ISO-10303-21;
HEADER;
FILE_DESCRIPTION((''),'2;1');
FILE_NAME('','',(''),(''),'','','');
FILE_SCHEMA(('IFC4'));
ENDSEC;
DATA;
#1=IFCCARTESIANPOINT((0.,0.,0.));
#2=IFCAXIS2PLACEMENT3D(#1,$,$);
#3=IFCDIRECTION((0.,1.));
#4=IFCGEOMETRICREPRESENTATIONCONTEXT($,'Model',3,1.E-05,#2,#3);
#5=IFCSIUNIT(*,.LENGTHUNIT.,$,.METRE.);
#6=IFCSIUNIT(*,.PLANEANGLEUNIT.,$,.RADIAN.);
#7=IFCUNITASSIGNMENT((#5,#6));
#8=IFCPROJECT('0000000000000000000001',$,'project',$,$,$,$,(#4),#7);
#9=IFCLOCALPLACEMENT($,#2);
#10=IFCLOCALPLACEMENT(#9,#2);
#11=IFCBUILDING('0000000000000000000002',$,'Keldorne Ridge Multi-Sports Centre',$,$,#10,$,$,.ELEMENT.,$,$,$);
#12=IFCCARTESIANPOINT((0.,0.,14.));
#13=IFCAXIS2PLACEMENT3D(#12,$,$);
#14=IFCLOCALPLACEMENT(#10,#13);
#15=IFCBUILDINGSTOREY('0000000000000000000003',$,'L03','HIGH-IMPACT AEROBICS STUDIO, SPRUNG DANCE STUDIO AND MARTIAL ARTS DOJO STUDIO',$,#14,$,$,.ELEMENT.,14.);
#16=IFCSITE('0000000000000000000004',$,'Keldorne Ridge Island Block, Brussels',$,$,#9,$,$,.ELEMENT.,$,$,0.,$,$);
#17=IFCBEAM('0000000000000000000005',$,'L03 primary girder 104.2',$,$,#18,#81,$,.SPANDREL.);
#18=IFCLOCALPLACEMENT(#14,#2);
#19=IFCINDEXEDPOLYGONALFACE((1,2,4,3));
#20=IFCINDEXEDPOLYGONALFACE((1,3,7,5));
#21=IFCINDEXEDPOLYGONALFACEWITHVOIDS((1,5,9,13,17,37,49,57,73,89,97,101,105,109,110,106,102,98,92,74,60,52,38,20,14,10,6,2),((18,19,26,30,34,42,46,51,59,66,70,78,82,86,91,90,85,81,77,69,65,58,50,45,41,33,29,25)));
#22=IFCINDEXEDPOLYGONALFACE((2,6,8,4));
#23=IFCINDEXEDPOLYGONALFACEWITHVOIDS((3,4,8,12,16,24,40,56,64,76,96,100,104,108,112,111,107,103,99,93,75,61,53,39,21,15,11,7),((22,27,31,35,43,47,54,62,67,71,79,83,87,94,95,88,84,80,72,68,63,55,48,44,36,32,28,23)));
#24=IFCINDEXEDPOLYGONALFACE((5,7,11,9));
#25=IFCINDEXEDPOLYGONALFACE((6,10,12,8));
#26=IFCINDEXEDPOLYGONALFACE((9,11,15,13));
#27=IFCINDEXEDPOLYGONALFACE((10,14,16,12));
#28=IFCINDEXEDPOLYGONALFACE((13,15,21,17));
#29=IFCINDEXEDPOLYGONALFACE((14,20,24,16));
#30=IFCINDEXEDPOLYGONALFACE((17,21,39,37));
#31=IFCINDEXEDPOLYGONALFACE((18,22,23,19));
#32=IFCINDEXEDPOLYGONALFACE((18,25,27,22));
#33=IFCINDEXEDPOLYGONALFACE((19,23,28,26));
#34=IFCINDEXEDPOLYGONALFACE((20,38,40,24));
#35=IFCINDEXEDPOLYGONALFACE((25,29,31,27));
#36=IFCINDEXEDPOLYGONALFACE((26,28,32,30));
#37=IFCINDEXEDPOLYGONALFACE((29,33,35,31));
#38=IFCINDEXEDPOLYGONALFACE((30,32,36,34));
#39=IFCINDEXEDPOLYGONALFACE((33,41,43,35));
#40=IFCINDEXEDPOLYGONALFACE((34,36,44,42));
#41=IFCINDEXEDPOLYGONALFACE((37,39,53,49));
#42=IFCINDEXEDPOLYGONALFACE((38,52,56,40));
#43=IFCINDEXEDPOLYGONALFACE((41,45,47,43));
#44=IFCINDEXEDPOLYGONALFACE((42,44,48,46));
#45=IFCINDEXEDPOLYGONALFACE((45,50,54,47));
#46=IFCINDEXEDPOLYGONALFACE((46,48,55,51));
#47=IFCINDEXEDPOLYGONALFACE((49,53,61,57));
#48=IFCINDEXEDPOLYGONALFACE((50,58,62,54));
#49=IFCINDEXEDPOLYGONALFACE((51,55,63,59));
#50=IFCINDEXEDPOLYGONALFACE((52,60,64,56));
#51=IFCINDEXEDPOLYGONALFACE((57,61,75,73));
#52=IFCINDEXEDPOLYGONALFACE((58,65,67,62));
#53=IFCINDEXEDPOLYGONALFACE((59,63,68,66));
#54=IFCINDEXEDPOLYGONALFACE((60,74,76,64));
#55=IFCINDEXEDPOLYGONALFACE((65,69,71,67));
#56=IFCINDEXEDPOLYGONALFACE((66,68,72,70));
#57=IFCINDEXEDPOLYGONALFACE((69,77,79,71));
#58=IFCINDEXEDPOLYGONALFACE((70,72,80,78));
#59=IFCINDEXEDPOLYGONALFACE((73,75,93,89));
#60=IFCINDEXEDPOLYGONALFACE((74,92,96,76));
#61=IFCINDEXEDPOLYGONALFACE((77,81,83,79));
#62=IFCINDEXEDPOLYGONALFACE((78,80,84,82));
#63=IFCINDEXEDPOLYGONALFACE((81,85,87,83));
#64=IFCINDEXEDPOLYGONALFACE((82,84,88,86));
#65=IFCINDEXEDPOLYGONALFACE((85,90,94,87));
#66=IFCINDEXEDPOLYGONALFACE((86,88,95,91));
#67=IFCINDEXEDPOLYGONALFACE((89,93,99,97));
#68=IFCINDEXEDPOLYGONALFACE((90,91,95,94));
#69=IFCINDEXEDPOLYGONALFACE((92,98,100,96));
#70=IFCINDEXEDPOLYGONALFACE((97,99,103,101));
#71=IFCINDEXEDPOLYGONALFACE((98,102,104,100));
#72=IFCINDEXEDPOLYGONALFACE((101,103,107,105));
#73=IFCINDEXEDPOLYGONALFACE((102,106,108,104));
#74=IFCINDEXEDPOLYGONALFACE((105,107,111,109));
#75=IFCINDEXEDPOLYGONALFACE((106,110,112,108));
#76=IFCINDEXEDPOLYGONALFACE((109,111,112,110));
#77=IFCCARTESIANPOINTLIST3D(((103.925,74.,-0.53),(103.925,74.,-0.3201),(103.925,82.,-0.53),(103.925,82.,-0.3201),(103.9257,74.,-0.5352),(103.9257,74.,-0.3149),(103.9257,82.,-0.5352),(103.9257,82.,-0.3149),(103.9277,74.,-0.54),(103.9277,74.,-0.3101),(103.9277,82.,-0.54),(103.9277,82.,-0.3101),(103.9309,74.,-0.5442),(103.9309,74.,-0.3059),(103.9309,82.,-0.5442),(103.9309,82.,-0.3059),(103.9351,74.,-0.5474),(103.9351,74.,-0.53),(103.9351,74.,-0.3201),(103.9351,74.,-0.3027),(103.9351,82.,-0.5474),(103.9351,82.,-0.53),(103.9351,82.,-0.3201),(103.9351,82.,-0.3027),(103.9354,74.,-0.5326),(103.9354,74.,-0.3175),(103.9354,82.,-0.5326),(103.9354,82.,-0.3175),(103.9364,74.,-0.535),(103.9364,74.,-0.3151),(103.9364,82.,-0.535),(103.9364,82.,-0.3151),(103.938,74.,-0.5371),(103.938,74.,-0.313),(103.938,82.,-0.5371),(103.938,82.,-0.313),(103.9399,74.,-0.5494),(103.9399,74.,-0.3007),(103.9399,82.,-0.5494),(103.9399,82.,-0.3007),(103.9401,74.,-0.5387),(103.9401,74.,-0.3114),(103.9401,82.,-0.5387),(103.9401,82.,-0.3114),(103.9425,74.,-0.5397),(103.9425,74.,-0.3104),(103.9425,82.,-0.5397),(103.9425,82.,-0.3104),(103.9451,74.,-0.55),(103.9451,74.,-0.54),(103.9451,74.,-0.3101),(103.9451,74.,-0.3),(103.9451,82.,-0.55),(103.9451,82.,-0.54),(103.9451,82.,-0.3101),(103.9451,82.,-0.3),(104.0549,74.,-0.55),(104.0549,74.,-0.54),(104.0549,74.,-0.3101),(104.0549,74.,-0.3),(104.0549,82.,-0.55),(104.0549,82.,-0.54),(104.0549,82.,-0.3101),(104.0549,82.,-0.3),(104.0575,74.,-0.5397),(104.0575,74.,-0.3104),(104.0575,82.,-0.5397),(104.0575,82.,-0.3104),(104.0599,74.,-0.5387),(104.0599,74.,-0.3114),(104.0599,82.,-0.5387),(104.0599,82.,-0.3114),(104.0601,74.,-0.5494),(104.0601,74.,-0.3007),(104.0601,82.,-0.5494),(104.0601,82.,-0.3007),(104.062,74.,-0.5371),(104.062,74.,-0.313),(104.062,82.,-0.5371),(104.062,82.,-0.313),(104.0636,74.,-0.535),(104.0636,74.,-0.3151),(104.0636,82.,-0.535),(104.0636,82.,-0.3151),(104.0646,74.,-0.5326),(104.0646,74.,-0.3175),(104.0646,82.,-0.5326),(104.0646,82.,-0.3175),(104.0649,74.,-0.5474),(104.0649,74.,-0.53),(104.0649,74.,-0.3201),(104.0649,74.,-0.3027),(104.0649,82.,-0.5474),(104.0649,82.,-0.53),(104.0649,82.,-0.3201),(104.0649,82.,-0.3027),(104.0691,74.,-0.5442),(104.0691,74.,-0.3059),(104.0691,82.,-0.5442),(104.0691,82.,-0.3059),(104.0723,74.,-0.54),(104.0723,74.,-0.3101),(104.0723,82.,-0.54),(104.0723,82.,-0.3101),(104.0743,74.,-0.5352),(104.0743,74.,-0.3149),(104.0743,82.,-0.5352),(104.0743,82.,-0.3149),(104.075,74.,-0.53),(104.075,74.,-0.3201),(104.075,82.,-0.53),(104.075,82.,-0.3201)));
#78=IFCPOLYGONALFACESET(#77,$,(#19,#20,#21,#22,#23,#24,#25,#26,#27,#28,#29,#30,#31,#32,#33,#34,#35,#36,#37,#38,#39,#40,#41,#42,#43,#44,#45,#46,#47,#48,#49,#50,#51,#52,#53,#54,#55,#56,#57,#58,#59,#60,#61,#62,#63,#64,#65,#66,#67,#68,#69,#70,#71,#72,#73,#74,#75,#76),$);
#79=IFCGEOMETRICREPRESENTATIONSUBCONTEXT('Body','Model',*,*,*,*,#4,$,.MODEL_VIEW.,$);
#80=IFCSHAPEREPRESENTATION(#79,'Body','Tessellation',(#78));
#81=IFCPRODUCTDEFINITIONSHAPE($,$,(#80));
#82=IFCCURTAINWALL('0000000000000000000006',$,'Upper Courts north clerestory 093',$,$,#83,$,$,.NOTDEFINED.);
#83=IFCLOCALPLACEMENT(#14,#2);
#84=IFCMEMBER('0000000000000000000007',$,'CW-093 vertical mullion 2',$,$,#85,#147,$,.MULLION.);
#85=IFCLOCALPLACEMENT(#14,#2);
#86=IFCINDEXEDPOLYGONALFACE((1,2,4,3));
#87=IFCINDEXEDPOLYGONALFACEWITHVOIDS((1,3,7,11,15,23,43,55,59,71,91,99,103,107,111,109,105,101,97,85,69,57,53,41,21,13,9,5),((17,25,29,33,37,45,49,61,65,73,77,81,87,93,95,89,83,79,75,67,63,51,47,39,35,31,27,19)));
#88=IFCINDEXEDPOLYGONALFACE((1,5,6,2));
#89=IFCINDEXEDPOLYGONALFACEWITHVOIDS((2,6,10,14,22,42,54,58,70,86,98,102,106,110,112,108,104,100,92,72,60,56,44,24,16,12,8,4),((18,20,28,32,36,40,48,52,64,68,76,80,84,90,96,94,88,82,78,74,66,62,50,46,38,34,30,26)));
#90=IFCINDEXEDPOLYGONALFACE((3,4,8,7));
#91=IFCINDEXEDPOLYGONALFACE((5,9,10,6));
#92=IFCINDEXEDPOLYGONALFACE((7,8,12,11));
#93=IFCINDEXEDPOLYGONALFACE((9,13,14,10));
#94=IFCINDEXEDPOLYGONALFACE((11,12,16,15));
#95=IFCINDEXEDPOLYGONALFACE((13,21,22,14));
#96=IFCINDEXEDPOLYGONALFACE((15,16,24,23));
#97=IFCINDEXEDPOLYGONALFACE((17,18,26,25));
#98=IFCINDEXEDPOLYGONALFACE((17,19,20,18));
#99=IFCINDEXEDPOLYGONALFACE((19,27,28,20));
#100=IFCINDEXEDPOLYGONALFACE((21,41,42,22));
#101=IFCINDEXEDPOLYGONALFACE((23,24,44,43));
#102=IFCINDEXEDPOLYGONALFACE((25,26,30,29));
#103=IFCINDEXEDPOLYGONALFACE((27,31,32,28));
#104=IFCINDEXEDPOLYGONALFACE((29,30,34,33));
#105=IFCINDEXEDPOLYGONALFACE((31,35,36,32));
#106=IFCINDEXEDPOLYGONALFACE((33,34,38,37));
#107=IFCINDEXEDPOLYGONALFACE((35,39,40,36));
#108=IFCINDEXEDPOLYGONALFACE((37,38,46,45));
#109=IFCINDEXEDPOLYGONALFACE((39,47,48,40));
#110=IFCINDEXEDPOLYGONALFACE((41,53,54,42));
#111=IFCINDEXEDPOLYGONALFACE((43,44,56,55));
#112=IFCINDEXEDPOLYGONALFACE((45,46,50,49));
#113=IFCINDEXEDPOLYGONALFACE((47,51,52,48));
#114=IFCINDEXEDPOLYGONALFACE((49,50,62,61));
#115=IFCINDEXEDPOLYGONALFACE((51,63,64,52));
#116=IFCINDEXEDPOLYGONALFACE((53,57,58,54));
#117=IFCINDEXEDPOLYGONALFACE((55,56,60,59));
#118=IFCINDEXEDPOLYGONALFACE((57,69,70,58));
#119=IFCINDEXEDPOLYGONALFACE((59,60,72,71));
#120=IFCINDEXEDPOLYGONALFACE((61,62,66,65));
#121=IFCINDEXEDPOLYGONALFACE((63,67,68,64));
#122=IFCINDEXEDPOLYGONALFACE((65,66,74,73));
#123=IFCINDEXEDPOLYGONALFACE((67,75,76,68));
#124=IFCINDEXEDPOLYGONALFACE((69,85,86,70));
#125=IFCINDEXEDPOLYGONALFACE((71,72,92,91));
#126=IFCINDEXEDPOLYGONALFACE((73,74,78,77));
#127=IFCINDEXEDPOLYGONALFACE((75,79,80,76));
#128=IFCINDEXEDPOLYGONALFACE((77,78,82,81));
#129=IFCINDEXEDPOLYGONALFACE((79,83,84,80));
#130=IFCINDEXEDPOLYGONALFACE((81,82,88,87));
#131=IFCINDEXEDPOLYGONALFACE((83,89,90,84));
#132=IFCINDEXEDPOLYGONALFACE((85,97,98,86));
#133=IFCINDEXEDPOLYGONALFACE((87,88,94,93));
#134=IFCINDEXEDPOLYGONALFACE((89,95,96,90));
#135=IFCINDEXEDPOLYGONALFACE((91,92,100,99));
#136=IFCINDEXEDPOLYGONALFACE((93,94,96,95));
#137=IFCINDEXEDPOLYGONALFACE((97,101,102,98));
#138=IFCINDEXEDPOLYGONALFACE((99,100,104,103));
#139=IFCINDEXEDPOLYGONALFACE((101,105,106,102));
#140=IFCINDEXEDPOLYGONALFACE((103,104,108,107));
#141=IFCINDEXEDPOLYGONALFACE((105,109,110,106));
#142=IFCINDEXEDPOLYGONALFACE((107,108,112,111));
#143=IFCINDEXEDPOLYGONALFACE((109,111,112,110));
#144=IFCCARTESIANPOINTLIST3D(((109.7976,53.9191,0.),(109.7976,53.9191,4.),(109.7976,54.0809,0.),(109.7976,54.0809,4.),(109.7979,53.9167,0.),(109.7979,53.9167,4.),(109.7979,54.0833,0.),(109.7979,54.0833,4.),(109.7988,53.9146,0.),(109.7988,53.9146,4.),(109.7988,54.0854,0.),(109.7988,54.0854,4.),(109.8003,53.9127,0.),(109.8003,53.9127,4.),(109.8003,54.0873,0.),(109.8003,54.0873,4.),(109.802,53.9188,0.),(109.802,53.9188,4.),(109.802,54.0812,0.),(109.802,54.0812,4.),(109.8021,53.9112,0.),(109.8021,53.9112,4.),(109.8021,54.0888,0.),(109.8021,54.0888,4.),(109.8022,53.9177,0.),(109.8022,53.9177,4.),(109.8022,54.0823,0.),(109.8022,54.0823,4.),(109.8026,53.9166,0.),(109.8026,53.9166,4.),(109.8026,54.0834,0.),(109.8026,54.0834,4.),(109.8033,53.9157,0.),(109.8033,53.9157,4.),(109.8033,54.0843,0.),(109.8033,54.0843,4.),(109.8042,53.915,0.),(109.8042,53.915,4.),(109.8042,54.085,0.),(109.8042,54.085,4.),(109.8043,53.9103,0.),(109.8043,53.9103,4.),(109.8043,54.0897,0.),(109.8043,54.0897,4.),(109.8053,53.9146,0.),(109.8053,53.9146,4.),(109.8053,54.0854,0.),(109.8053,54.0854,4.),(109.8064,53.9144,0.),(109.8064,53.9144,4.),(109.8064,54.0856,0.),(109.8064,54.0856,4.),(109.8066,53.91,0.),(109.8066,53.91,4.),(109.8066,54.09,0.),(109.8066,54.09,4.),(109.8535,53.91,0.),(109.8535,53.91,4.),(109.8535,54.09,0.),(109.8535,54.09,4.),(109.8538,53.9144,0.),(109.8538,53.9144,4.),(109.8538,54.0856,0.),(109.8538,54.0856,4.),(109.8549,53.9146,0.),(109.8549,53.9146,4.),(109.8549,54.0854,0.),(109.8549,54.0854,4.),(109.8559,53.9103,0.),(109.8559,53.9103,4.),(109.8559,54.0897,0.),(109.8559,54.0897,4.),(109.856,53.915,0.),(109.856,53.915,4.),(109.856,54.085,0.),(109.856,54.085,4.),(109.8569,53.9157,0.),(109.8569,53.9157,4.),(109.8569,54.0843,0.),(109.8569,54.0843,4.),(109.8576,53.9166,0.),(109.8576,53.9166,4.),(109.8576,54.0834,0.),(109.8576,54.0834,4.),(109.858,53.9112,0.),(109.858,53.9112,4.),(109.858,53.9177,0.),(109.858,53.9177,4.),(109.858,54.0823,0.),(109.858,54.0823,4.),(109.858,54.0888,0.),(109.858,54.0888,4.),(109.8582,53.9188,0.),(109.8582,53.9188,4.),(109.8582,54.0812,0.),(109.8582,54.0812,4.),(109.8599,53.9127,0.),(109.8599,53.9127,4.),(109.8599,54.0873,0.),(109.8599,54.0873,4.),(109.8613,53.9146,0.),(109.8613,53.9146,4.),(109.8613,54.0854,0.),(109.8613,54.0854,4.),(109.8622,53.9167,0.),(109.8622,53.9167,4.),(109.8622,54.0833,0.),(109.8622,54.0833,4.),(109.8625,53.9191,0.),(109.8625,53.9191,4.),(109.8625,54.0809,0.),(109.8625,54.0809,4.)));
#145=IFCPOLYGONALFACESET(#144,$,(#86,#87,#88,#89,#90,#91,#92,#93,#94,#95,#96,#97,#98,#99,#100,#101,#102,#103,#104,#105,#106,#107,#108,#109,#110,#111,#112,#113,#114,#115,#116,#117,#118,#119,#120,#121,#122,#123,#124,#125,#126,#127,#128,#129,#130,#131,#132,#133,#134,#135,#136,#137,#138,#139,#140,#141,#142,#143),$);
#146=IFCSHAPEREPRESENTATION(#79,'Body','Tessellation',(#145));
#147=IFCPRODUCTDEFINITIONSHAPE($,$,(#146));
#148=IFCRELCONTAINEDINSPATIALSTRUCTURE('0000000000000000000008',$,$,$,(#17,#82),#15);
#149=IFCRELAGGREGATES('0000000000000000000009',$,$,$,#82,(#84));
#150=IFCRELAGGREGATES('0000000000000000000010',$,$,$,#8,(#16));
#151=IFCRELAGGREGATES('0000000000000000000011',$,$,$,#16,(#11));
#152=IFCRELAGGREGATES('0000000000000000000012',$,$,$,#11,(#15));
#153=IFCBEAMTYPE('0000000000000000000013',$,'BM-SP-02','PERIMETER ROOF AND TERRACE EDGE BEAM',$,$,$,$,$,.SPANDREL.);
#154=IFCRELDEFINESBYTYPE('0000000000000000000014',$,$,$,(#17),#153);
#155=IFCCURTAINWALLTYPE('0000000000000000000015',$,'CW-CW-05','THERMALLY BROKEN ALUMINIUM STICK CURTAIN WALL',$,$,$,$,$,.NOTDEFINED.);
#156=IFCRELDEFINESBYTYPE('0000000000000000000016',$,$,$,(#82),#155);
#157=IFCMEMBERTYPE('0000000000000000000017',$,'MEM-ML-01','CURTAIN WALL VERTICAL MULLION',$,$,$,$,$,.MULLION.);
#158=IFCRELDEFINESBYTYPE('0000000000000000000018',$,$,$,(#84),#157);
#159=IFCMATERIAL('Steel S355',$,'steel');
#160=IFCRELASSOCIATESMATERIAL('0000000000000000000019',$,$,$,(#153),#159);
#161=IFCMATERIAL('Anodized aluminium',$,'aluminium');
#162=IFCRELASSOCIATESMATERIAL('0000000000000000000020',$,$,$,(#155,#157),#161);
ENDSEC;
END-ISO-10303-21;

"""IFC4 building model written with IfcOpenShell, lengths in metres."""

from ifc_helpers import new_model, si_unit, direction, frame, origin, origin_2d, place, context, subcontext, project, spatial, hollow_rectangle, extrude, material, material_profile, profile_set, type_object, element, aggregate, save


model = new_model("IFC4")

# Units and contexts
model_context = context("Model", 3, precision=1e-05, world=origin(), true_north=direction((0.0, 1.0)))
body_context = subcontext(model_context, "Body", "Model", "MODEL_VIEW")
ifc_project = project(units=[si_unit("LENGTHUNIT", "METRE"), si_unit("PLANEANGLEUNIT", "RADIAN")], contexts=[model_context])

# Site, building, storey
site_placement = place(None, origin())
site = spatial("IfcSite", under=ifc_project, at=site_placement, Name="Keldorne Ridge Island Block, Brussels", CompositionType="ELEMENT", RefElevation=0.0)
building_placement = place(site_placement, origin())
building = spatial("IfcBuilding", under=site, at=building_placement, Name="Keldorne Ridge Multi-Sports Centre", CompositionType="ELEMENT")
storey_placement = place(building_placement, frame((0.0, 0.0, 14.0)))
storey = spatial("IfcBuildingStorey", under=building, at=storey_placement, Name="L03", Description="HIGH-IMPACT AEROBICS STUDIO, SPRUNG DANCE STUDIO AND MARTIAL ARTS DOJO STUDIO", CompositionType="ELEMENT", Elevation=14.0)

# Shared definitions
ifc_material_1 = material(Name="Steel S355", Category="steel")

# Beam
ifc_material_profile_1 = material_profile(ifc_material_1, hollow_rectangle(XDim=0.1499, YDim=0.25, WallThickness=0.01, InnerFilletRadius=0.01, OuterFilletRadius=0.02, at=origin_2d()), Name="RHS 250x150x10")
ifc_profile_set_1 = profile_set([ifc_material_profile_1], Name="Steel S355")
beam_type_1 = type_object("IfcBeamType", Name="BM-SP-02", Description="PERIMETER ROOF AND TERRACE EDGE BEAM", PredefinedType="SPANDREL", material=ifc_profile_set_1)
for number, where, z_axis, x_axis, name in (
    (1, (104.0, 74.0, -0.425), (0.0, 1.0, 0.0), (-1.0, 0.0, 0.0), "L03 primary girder 104.2"),
):
    element("IfcBeam", number, at=place(storey_placement, frame(where, z_axis=z_axis, x_axis=x_axis)), inside=storey, type_object=beam_type_1, Name=name, PredefinedType="SPANDREL", context=body_context, shape_type="SweptSolid", body=[
        extrude(hollow_rectangle(XDim=0.1499, YDim=0.25, WallThickness=0.01, InnerFilletRadius=0.01, OuterFilletRadius=0.02, at=origin_2d()), origin(), (0.0, 0.0, 1.0), 8.0),
    ])

# Curtain wall, member
ifc_material_2 = material(Name="Anodized aluminium", Category="aluminium")
curtain_wall_type = type_object("IfcCurtainWallType", Name="CW-CW-05", Description="THERMALLY BROKEN ALUMINIUM STICK CURTAIN WALL", PredefinedType="NOTDEFINED", material=ifc_material_2)
curtain_wall_placement = place(storey_placement, origin())
curtain_wall = element("IfcCurtainWall", 2, at=curtain_wall_placement, inside=storey, type_object=curtain_wall_type, Name="Upper Courts north clerestory 093", PredefinedType="NOTDEFINED")
ifc_material_profile_2 = material_profile(ifc_material_2, hollow_rectangle(XDim=0.0649, YDim=0.1799, WallThickness=0.0044, InnerFilletRadius=0.0044, OuterFilletRadius=0.009, at=origin_2d()), Name="ALU MULLION 180x65x4.5")
ifc_profile_set_2 = profile_set([ifc_material_profile_2], Name="Anodized aluminium")
member_type_1 = type_object("IfcMemberType", Name="MEM-ML-01", Description="CURTAIN WALL VERTICAL MULLION", PredefinedType="MULLION", material=ifc_profile_set_2)
member_1_placement = place(storey_placement, frame((109.8301, 54.0, 0.0), z_axis=(0.0, 0.0, 1.0), x_axis=(1.0, 0.0, 0.0)))
member_1 = element("IfcMember", 3, at=member_1_placement, type_object=member_type_1, Name="CW-093 vertical mullion 2", PredefinedType="MULLION", context=body_context, shape_type="SweptSolid", body=[
    extrude(hollow_rectangle(XDim=0.0649, YDim=0.1799, WallThickness=0.0044, InnerFilletRadius=0.0044, OuterFilletRadius=0.009, at=origin_2d()), origin(), (0.0, 0.0, 1.0), 4.0),
])
aggregate(curtain_wall, [member_1])

save(model, "model.ifc")
